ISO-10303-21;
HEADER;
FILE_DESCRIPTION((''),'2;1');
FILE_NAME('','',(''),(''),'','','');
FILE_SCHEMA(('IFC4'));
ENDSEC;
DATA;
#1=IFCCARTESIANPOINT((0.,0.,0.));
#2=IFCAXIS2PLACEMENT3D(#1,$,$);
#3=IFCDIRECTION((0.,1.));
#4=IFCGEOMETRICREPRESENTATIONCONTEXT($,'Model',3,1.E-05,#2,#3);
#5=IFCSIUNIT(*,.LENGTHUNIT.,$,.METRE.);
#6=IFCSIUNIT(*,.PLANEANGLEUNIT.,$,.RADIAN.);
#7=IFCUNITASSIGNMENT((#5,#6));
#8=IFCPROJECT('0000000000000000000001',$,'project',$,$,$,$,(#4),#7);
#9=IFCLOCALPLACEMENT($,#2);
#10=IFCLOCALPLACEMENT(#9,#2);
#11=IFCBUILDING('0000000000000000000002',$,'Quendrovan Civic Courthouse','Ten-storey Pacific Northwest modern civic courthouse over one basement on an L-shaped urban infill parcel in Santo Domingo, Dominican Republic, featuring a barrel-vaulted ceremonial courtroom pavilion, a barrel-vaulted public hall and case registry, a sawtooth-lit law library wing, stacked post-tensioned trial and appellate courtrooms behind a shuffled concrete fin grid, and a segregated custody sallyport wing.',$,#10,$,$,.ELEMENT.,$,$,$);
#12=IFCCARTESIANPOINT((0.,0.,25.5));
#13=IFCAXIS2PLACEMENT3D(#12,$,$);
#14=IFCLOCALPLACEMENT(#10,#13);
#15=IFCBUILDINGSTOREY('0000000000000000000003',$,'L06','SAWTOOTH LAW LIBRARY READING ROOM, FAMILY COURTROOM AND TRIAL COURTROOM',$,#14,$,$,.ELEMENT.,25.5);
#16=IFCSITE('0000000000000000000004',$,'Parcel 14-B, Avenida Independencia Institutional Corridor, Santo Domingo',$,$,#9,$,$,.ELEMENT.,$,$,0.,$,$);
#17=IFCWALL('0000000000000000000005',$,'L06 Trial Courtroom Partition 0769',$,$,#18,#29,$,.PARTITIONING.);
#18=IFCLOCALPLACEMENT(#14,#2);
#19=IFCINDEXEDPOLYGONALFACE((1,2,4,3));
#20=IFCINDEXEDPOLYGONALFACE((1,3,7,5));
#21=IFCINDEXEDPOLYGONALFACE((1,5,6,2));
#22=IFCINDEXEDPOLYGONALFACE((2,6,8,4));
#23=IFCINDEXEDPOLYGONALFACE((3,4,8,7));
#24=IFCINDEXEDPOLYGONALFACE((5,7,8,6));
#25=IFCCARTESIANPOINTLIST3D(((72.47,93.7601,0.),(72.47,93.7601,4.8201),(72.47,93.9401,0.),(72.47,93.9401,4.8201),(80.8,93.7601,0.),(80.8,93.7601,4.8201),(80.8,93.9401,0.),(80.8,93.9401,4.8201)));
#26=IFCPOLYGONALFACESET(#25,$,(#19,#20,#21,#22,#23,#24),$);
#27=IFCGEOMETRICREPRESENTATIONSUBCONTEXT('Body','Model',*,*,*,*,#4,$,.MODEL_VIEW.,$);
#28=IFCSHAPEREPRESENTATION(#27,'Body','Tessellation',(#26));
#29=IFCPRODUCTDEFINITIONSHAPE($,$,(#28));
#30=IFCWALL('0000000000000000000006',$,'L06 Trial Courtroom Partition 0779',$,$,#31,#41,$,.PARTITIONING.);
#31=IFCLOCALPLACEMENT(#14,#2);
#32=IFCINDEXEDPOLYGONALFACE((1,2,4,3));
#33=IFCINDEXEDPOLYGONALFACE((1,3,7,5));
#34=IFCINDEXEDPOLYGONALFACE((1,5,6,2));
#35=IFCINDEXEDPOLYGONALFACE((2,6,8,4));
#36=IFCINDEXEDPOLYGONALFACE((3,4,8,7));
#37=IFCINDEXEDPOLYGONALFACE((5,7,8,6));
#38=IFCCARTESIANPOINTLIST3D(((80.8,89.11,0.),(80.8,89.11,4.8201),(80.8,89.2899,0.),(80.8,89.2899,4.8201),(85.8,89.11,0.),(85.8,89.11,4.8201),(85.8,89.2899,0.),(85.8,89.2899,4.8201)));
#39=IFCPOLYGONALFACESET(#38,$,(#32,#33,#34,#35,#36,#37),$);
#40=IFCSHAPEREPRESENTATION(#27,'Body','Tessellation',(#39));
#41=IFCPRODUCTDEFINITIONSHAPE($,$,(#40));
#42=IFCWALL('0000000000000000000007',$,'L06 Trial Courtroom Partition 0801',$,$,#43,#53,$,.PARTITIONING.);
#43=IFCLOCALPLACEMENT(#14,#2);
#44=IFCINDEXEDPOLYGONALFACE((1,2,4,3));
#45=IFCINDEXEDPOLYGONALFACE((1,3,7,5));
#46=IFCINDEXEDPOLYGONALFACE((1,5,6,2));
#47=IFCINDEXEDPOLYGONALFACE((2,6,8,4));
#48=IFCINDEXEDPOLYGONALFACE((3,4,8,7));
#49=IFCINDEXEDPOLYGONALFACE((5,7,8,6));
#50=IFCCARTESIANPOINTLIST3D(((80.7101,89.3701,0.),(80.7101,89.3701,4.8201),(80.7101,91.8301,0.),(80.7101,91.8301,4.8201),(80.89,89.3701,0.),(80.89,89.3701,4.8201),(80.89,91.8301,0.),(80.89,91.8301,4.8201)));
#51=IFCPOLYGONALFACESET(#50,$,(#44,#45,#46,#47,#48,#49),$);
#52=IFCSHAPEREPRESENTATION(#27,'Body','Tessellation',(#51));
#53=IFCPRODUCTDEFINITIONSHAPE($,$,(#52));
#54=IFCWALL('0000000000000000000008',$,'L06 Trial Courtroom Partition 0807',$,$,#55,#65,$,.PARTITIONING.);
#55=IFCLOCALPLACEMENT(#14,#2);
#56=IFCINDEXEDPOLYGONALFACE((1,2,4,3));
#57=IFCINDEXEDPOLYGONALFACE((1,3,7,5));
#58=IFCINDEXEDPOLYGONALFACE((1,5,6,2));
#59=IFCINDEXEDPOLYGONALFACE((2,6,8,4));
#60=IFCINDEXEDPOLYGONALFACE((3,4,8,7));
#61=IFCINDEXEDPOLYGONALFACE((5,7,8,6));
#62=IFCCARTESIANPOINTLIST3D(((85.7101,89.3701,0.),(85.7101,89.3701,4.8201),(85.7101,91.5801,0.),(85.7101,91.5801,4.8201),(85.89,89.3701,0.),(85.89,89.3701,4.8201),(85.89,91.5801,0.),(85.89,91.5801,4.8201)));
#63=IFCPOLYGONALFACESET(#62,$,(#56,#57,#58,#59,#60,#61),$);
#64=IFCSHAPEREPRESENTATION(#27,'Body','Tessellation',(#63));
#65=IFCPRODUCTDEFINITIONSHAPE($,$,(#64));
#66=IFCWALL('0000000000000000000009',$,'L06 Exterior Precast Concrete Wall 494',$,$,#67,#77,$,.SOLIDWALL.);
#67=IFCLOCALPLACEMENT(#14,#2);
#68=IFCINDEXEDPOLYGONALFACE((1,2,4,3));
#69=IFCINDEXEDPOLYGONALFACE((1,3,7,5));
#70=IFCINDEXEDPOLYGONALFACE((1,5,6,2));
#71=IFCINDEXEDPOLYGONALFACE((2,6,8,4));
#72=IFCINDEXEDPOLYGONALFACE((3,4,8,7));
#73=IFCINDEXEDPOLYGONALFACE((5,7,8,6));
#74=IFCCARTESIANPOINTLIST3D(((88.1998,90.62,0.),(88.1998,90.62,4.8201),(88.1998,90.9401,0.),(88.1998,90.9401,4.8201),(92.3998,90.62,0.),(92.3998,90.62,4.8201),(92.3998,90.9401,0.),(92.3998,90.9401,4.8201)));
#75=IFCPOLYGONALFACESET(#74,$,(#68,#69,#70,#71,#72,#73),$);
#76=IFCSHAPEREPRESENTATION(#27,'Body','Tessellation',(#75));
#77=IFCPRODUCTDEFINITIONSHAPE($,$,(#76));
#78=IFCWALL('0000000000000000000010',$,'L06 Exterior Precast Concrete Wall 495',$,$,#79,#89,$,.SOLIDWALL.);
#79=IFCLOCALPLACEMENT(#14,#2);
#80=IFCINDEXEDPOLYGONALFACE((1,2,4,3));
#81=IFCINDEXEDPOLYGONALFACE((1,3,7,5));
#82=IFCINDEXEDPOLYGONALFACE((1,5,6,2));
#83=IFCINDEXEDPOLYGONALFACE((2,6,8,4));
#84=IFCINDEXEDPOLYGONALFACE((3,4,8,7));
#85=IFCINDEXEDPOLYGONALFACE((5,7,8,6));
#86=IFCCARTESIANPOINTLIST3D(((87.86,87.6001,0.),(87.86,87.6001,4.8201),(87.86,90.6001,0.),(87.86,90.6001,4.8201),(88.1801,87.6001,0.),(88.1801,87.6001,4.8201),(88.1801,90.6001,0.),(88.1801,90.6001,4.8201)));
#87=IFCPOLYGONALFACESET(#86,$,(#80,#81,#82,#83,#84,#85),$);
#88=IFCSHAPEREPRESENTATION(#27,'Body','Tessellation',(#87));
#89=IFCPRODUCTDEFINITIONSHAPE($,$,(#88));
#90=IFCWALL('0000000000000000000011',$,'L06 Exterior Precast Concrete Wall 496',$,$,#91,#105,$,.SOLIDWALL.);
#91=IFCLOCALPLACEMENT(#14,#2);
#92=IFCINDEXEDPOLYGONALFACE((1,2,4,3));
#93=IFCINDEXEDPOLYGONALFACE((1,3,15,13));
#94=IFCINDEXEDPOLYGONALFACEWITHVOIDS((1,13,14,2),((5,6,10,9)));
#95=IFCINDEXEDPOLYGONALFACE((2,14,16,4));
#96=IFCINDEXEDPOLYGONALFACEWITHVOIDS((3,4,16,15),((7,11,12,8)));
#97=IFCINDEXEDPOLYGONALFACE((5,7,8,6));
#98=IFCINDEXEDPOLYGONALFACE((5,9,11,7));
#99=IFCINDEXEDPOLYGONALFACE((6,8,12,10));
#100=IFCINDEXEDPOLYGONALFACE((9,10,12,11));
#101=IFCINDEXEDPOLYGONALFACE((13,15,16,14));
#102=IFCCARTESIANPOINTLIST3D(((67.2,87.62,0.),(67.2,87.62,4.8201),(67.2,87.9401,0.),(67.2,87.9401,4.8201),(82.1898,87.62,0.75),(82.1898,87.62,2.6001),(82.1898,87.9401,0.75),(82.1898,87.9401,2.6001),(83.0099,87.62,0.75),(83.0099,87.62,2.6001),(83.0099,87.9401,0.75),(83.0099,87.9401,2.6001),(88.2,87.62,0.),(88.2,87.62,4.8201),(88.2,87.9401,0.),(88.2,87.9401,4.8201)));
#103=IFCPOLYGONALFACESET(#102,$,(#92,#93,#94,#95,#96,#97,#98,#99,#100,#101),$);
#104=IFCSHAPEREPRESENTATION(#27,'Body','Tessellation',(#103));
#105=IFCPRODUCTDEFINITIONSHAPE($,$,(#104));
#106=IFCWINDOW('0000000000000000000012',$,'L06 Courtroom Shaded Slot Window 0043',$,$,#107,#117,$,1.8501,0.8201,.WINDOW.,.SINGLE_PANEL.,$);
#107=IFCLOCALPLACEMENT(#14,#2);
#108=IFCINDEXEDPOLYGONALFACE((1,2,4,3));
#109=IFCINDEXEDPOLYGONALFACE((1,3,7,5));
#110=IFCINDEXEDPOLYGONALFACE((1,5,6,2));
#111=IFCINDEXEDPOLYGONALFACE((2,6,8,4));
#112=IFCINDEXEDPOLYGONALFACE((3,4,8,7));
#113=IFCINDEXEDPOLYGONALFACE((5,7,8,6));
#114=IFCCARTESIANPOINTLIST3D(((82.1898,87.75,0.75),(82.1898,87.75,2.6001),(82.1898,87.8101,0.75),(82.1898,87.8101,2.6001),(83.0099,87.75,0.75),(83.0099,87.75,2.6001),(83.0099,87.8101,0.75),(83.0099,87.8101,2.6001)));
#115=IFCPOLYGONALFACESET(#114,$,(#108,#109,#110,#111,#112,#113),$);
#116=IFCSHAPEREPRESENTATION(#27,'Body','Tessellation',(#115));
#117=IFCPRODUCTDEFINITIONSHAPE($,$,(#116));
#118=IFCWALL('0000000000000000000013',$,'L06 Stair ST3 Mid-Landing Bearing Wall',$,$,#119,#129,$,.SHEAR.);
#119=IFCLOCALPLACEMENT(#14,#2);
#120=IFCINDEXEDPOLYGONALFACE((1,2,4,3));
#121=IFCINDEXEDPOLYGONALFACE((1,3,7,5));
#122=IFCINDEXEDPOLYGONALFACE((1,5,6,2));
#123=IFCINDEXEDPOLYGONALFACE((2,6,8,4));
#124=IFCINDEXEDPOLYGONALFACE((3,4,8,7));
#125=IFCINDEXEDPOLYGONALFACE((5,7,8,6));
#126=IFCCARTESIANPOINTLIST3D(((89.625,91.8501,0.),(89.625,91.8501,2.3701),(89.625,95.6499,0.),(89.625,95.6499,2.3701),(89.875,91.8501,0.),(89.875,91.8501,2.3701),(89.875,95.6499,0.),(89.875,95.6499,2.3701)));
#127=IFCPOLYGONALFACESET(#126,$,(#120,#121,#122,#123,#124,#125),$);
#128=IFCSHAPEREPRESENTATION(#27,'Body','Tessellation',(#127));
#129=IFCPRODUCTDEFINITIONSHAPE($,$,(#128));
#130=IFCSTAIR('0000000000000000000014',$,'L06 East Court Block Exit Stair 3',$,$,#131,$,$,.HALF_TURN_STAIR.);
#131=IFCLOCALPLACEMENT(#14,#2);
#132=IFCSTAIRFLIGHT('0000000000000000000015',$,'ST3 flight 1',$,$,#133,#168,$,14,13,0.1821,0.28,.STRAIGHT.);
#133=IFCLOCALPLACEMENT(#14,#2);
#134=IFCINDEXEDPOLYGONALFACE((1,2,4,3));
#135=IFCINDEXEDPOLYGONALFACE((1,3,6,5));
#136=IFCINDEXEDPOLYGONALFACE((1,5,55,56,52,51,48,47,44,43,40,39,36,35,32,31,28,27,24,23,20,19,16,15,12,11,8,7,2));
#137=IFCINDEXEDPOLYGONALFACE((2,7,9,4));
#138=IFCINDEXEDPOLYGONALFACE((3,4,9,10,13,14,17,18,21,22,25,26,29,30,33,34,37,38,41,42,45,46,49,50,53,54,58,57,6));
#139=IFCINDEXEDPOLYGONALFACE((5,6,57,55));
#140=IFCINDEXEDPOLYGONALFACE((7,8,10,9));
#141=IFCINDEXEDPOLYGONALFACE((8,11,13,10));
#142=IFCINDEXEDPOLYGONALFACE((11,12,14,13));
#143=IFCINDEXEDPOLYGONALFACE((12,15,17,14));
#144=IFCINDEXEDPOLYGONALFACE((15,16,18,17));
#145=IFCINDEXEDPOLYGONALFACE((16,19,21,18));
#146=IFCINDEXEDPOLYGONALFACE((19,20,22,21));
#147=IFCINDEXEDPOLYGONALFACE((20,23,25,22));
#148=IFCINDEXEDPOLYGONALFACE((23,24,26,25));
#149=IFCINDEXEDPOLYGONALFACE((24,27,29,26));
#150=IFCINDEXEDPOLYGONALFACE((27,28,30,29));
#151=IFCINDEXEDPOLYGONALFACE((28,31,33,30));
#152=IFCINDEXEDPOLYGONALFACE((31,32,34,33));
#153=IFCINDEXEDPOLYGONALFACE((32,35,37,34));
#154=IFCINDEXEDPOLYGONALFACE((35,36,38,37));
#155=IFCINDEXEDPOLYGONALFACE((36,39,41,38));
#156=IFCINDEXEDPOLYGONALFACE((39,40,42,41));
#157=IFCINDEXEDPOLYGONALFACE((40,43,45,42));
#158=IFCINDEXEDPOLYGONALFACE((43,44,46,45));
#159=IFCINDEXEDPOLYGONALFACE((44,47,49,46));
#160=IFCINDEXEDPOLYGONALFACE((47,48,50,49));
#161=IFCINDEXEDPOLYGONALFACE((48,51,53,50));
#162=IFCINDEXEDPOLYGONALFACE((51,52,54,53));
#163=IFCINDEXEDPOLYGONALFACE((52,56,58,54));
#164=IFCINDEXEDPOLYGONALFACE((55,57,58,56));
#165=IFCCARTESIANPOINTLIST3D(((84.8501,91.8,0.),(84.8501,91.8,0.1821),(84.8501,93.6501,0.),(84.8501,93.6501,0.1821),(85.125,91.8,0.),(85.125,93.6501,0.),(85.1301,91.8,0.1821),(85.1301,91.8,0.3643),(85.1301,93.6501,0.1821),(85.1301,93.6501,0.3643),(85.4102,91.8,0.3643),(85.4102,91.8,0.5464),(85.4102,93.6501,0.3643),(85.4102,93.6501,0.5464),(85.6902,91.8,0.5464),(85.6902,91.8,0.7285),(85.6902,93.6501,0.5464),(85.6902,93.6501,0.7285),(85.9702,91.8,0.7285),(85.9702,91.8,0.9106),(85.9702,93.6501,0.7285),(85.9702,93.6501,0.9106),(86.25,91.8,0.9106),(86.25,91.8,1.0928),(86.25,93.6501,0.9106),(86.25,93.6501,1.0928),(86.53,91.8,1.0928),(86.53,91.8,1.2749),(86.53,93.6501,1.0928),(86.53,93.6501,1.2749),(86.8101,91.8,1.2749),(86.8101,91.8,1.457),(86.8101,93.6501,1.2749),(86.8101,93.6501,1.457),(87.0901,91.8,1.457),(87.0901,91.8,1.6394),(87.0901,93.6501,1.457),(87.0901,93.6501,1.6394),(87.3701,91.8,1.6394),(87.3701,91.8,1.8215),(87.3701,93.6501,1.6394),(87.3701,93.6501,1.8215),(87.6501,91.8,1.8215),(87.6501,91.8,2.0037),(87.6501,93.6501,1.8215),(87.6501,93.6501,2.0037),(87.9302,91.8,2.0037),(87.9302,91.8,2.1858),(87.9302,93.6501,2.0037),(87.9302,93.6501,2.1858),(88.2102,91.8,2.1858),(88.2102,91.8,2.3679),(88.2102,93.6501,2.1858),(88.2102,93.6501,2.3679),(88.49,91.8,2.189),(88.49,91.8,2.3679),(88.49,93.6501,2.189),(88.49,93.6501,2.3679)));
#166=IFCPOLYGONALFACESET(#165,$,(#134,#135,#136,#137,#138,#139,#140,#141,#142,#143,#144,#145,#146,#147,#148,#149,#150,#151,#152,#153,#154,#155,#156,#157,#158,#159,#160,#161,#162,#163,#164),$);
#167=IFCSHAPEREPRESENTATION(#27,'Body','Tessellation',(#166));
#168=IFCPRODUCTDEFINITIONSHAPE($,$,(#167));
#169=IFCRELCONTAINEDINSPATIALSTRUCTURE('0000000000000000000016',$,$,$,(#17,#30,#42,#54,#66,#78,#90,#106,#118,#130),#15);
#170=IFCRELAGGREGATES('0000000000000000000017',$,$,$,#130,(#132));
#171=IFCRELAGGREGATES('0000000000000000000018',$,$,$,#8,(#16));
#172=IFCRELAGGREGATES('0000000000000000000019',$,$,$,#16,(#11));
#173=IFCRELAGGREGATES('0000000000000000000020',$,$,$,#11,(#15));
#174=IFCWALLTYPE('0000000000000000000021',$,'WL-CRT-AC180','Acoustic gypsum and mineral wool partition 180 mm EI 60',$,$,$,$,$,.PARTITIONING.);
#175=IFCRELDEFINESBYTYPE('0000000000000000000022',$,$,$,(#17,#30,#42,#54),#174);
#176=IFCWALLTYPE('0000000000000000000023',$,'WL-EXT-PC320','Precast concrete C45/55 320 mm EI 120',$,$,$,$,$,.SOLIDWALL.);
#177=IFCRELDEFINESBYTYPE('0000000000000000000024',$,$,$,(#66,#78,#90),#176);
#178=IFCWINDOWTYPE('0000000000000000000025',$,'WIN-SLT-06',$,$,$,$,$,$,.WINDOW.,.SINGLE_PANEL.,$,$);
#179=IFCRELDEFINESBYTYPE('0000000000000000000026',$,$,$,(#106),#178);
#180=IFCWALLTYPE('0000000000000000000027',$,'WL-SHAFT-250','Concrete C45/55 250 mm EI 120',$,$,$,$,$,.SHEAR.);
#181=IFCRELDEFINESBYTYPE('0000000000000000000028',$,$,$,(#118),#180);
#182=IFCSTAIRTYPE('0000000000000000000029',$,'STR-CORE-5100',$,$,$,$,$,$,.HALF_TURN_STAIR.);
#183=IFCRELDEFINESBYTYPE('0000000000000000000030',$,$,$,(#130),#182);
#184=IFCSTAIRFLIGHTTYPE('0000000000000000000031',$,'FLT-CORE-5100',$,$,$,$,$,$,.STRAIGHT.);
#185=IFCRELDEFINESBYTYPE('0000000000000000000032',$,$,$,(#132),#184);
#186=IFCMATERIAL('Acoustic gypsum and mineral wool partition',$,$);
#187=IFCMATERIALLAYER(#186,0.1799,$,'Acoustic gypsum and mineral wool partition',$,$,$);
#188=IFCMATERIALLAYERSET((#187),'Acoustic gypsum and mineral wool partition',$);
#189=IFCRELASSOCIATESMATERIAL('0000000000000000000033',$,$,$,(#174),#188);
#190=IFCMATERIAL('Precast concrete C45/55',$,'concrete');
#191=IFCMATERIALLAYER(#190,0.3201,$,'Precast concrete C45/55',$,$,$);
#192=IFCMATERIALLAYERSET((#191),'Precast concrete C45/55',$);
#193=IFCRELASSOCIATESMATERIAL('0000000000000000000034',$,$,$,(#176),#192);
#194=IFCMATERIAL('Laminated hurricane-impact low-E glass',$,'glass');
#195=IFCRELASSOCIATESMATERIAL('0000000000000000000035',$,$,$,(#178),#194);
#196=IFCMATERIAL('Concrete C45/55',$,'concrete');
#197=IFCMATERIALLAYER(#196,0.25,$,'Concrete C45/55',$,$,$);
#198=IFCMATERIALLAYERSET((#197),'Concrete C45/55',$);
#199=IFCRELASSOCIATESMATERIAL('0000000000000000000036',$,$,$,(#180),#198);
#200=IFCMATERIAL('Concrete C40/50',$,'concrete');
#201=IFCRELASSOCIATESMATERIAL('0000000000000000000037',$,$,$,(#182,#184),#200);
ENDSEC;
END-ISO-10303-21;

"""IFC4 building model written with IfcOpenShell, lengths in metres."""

from ifc_helpers import new_model, si_unit, direction, frame, frame_2d, origin, place, context, subcontext, project, spatial, polyline, rectangle, outline, extrude, material, layer, layer_set, type_object, element, fill, aggregate, save


model = new_model("IFC4")

# Units and contexts
model_context = context("Model", 3, precision=1e-05, world=origin(), true_north=direction((0.0, 1.0)))
body_context = subcontext(model_context, "Body", "Model", "MODEL_VIEW")
ifc_project = project(units=[si_unit("LENGTHUNIT", "METRE"), si_unit("PLANEANGLEUNIT", "RADIAN")], contexts=[model_context])

# Site, building, storey
site_placement = place(None, origin())
site = spatial("IfcSite", under=ifc_project, at=site_placement, Name="Parcel 14-B, Avenida Independencia Institutional Corridor, Santo Domingo", CompositionType="ELEMENT", RefElevation=0.0)
building_placement = place(site_placement, origin())
building = spatial("IfcBuilding", under=site, at=building_placement, Name="Quendrovan Civic Courthouse", Description="Ten-storey Pacific Northwest modern civic courthouse over one basement on an L-shaped urban infill parcel in Santo Domingo, Dominican Republic, featuring a barrel-vaulted ceremonial courtroom pavilion, a barrel-vaulted public hall and case registry, a sawtooth-lit law library wing, stacked post-tensioned trial and appellate courtrooms behind a shuffled concrete fin grid, and a segregated custody sallyport wing.", CompositionType="ELEMENT")
storey_placement = place(building_placement, frame((0.0, 0.0, 25.5)))
storey = spatial("IfcBuildingStorey", under=building, at=storey_placement, Name="L06", Description="SAWTOOTH LAW LIBRARY READING ROOM, FAMILY COURTROOM AND TRIAL COURTROOM", CompositionType="ELEMENT", Elevation=25.5)

# Shared definitions
ifc_material_1 = material(Name="Concrete C40/50", Category="concrete")

# Shared definitions
ifc_material_2 = material(Name="Precast concrete C45/55", Category="concrete")

# Shared definitions
ifc_material_3 = material(Name="Concrete C45/55", Category="concrete")

# Walls
ifc_material_4 = material(Name="Acoustic gypsum and mineral wool partition")
ifc_layer_1 = layer(ifc_material_4, 0.1799, Name="Acoustic gypsum and mineral wool partition")
ifc_layer_set_1 = layer_set([ifc_layer_1], Name="Acoustic gypsum and mineral wool partition")
wall_type_1 = type_object("IfcWallType", Name="WL-CRT-AC180", Description="Acoustic gypsum and mineral wool partition 180 mm EI 60", PredefinedType="PARTITIONING", material=ifc_layer_set_1)
wall_1_placement = place(storey_placement, frame((80.8, 93.8501, 0.0), z_axis=(0.0, 0.0, 1.0), x_axis=(-1.0, 0.0, 0.0)))
element("IfcWall", 1, at=wall_1_placement, inside=storey, type_object=wall_type_1, Name="L06 Trial Courtroom Partition 0769", PredefinedType="PARTITIONING", context=body_context, shape_type="SweptSolid", body=[
    extrude(rectangle(XDim=8.3301, YDim=0.1799, at=frame_2d((4.165, 0.0))), origin(), (0.0, 0.0, 1.0), 4.8201),
])
wall_2_placement = place(storey_placement, frame((80.8, 89.2, 0.0), z_axis=(0.0, 0.0, 1.0), x_axis=(1.0, 0.0, 0.0)))
element("IfcWall", 2, at=wall_2_placement, inside=storey, type_object=wall_type_1, Name="L06 Trial Courtroom Partition 0779", PredefinedType="PARTITIONING", context=body_context, shape_type="SweptSolid", body=[
    extrude(rectangle(XDim=5.0, YDim=0.1799, at=frame_2d((2.5, 0.0))), origin(), (0.0, 0.0, 1.0), 4.8201),
])
wall_3_placement = place(storey_placement, frame((80.8, 91.8301, 0.0), z_axis=(0.0, 0.0, 1.0), x_axis=(0.0, -1.0, 0.0)))
element("IfcWall", 3, at=wall_3_placement, inside=storey, type_object=wall_type_1, Name="L06 Trial Courtroom Partition 0801", PredefinedType="PARTITIONING", context=body_context, shape_type="SweptSolid", body=[
    extrude(rectangle(XDim=2.46, YDim=0.1799, at=frame_2d((1.23, 0.0))), origin(), (0.0, 0.0, 1.0), 4.8201),
])
wall_4_placement = place(storey_placement, frame((85.8, 89.3701, 0.0), z_axis=(0.0, 0.0, 1.0), x_axis=(0.0, 1.0, 0.0)))
element("IfcWall", 4, at=wall_4_placement, inside=storey, type_object=wall_type_1, Name="L06 Trial Courtroom Partition 0807", PredefinedType="PARTITIONING", context=body_context, shape_type="SweptSolid", body=[
    extrude(rectangle(XDim=2.21, YDim=0.1799, at=frame_2d((1.105, 0.0))), origin(), (0.0, 0.0, 1.0), 4.8201),
])
ifc_layer_2 = layer(ifc_material_2, 0.3201, Name="Precast concrete C45/55")
ifc_layer_set_2 = layer_set([ifc_layer_2], Name="Precast concrete C45/55")
wall_type_2 = type_object("IfcWallType", Name="WL-EXT-PC320", Description="Precast concrete C45/55 320 mm EI 120", PredefinedType="SOLIDWALL", material=ifc_layer_set_2)
wall_5_placement = place(storey_placement, frame((92.3999, 90.78, 0.0), z_axis=(0.0, 0.0, 1.0), x_axis=(-1.0, 0.0, 0.0)))
element("IfcWall", 5, at=wall_5_placement, inside=storey, type_object=wall_type_2, Name="L06 Exterior Precast Concrete Wall 494", PredefinedType="SOLIDWALL", context=body_context, shape_type="SweptSolid", body=[
    extrude(rectangle(XDim=4.2, YDim=0.3201, at=frame_2d((2.1001, 0.0))), origin(), (0.0, 0.0, 1.0), 4.8201),
])
wall_6_placement = place(storey_placement, frame((88.02, 90.6001, 0.0), z_axis=(0.0, 0.0, 1.0), x_axis=(0.0, -1.0, 0.0)))
element("IfcWall", 6, at=wall_6_placement, inside=storey, type_object=wall_type_2, Name="L06 Exterior Precast Concrete Wall 495", PredefinedType="SOLIDWALL", context=body_context, shape_type="SweptSolid", body=[
    extrude(rectangle(XDim=3.0, YDim=0.3201, at=frame_2d((1.5, 0.0))), origin(), (0.0, 0.0, 1.0), 4.8201),
])

# Wall, opening, window
wall_7_placement = place(storey_placement, frame((88.2, 87.78, 0.0), z_axis=(0.0, 0.0, 1.0), x_axis=(-1.0, 0.0, 0.0)))
wall_7 = element("IfcWall", 7, at=wall_7_placement, inside=storey, type_object=wall_type_2, Name="L06 Exterior Precast Concrete Wall 496", PredefinedType="SOLIDWALL", context=body_context, shape_type="SweptSolid", body=[
    extrude(rectangle(XDim=21.0, YDim=0.3201, at=frame_2d((10.5, 0.0))), origin(), (0.0, 0.0, 1.0), 4.8201),
])
opening_1_placement = place(wall_7_placement, frame((5.1899, 0.0, 0.75)))
opening_1 = element("IfcOpeningElement", 8, at=opening_1_placement, cuts=wall_7, PredefinedType="OPENING", context=body_context, shape_type="SweptSolid", body=[
    extrude(rectangle(XDim=0.8201, YDim=1.8501, at=frame_2d((0.4102, 0.925))), frame((0.0, 0.1699, 0.0), z_axis=(0.0, -1.0, 0.0), x_axis=(1.0, 0.0, 0.0)), (0.0, 0.0, 1.0), 0.3401),
])
ifc_material_5 = material(Name="Laminated hurricane-impact low-E glass", Category="glass")
window_type = type_object("IfcWindowType", Name="WIN-SLT-06", PartitioningType="SINGLE_PANEL", PredefinedType="WINDOW", material=ifc_material_5)
window_placement = place(opening_1_placement, origin())
window = element("IfcWindow", 9, at=window_placement, inside=storey, type_object=window_type, Name="L06 Courtroom Shaded Slot Window 0043", OverallHeight=1.8501, OverallWidth=0.8201, PartitioningType="SINGLE_PANEL", PredefinedType="WINDOW", context=body_context, shape_type="SweptSolid", body=[
    extrude(rectangle(XDim=0.8201, YDim=1.8501, at=frame_2d((0.4102, 0.925))), frame((0.0, 0.03, 0.0), z_axis=(0.0, -1.0, 0.0), x_axis=(1.0, 0.0, 0.0)), (0.0, 0.0, 1.0), 0.0601),
])
fill(opening_1, window)

# Wall
ifc_layer_3 = layer(ifc_material_3, 0.25, Name="Concrete C45/55")
ifc_layer_set_3 = layer_set([ifc_layer_3], Name="Concrete C45/55")
wall_type_3 = type_object("IfcWallType", Name="WL-SHAFT-250", Description="Concrete C45/55 250 mm EI 120", PredefinedType="SHEAR", material=ifc_layer_set_3)
wall_8_placement = place(storey_placement, frame((89.75, 91.8501, 0.0), z_axis=(0.0, 0.0, 1.0), x_axis=(0.0, 1.0, 0.0)))
element("IfcWall", 10, at=wall_8_placement, inside=storey, type_object=wall_type_3, Name="L06 Stair ST3 Mid-Landing Bearing Wall", PredefinedType="SHEAR", context=body_context, shape_type="SweptSolid", body=[
    extrude(rectangle(XDim=3.7998, YDim=0.25, at=frame_2d((1.8999, 0.0))), origin(), (0.0, 0.0, 1.0), 2.3701),
])

# Stair, stair flight
stair_type = type_object("IfcStairType", Name="STR-CORE-5100", PredefinedType="HALF_TURN_STAIR", material=ifc_material_1)
stair_placement = place(storey_placement, origin())
stair = element("IfcStair", 11, at=stair_placement, inside=storey, type_object=stair_type, Name="L06 East Court Block Exit Stair 3", PredefinedType="HALF_TURN_STAIR")
stair_flight_type = type_object("IfcStairFlightType", Name="FLT-CORE-5100", PredefinedType="STRAIGHT", material=ifc_material_1)
stair_flight_1_placement = place(storey_placement, frame((84.8501, 92.7251, 0.0), z_axis=(0.0, 0.0, 1.0), x_axis=(1.0, 0.0, 0.0)))
stair_flight_1 = element("IfcStairFlight", 12, at=stair_flight_1_placement, type_object=stair_flight_type, Name="ST3 flight 1", NumberOfRisers=14, NumberOfTreads=13, PredefinedType="STRAIGHT", RiserHeight=0.1821, TreadLength=0.28, context=body_context, shape_type="SweptSolid", body=[
    extrude(outline(polyline([(0.0, 0.0), (0.0, 0.1821), (0.28, 0.1821), (0.28, 0.3643), (0.5601, 0.3643), (0.5601, 0.5464), (0.8401, 0.5464), (0.8401, 0.7285), (1.1201, 0.7285), (1.1201, 0.9106), (1.3999, 0.9106), (1.3999, 1.0928), (1.6799, 1.0928), (1.6799, 1.2749), (1.96, 1.2749), (1.96, 1.457), (2.24, 1.457), (2.24, 1.6394), (2.52, 1.6394), (2.52, 1.8215), (2.8, 1.8215), (2.8, 2.0037), (3.0801, 2.0037), (3.0801, 2.1858), (3.3601, 2.1858), (3.3601, 2.3679), (3.6399, 2.3679), (3.6399, 2.55), (3.6399, 2.189), (0.2749, 0.0), (0.0, 0.0)])), frame((0.0, 0.925, 0.0), z_axis=(0.0, -1.0, 0.0), x_axis=(1.0, 0.0, 0.0)), (0.0, 0.0, 1.0), 1.8501),
])
aggregate(stair, [stair_flight_1])

save(model, "model.ifc")
